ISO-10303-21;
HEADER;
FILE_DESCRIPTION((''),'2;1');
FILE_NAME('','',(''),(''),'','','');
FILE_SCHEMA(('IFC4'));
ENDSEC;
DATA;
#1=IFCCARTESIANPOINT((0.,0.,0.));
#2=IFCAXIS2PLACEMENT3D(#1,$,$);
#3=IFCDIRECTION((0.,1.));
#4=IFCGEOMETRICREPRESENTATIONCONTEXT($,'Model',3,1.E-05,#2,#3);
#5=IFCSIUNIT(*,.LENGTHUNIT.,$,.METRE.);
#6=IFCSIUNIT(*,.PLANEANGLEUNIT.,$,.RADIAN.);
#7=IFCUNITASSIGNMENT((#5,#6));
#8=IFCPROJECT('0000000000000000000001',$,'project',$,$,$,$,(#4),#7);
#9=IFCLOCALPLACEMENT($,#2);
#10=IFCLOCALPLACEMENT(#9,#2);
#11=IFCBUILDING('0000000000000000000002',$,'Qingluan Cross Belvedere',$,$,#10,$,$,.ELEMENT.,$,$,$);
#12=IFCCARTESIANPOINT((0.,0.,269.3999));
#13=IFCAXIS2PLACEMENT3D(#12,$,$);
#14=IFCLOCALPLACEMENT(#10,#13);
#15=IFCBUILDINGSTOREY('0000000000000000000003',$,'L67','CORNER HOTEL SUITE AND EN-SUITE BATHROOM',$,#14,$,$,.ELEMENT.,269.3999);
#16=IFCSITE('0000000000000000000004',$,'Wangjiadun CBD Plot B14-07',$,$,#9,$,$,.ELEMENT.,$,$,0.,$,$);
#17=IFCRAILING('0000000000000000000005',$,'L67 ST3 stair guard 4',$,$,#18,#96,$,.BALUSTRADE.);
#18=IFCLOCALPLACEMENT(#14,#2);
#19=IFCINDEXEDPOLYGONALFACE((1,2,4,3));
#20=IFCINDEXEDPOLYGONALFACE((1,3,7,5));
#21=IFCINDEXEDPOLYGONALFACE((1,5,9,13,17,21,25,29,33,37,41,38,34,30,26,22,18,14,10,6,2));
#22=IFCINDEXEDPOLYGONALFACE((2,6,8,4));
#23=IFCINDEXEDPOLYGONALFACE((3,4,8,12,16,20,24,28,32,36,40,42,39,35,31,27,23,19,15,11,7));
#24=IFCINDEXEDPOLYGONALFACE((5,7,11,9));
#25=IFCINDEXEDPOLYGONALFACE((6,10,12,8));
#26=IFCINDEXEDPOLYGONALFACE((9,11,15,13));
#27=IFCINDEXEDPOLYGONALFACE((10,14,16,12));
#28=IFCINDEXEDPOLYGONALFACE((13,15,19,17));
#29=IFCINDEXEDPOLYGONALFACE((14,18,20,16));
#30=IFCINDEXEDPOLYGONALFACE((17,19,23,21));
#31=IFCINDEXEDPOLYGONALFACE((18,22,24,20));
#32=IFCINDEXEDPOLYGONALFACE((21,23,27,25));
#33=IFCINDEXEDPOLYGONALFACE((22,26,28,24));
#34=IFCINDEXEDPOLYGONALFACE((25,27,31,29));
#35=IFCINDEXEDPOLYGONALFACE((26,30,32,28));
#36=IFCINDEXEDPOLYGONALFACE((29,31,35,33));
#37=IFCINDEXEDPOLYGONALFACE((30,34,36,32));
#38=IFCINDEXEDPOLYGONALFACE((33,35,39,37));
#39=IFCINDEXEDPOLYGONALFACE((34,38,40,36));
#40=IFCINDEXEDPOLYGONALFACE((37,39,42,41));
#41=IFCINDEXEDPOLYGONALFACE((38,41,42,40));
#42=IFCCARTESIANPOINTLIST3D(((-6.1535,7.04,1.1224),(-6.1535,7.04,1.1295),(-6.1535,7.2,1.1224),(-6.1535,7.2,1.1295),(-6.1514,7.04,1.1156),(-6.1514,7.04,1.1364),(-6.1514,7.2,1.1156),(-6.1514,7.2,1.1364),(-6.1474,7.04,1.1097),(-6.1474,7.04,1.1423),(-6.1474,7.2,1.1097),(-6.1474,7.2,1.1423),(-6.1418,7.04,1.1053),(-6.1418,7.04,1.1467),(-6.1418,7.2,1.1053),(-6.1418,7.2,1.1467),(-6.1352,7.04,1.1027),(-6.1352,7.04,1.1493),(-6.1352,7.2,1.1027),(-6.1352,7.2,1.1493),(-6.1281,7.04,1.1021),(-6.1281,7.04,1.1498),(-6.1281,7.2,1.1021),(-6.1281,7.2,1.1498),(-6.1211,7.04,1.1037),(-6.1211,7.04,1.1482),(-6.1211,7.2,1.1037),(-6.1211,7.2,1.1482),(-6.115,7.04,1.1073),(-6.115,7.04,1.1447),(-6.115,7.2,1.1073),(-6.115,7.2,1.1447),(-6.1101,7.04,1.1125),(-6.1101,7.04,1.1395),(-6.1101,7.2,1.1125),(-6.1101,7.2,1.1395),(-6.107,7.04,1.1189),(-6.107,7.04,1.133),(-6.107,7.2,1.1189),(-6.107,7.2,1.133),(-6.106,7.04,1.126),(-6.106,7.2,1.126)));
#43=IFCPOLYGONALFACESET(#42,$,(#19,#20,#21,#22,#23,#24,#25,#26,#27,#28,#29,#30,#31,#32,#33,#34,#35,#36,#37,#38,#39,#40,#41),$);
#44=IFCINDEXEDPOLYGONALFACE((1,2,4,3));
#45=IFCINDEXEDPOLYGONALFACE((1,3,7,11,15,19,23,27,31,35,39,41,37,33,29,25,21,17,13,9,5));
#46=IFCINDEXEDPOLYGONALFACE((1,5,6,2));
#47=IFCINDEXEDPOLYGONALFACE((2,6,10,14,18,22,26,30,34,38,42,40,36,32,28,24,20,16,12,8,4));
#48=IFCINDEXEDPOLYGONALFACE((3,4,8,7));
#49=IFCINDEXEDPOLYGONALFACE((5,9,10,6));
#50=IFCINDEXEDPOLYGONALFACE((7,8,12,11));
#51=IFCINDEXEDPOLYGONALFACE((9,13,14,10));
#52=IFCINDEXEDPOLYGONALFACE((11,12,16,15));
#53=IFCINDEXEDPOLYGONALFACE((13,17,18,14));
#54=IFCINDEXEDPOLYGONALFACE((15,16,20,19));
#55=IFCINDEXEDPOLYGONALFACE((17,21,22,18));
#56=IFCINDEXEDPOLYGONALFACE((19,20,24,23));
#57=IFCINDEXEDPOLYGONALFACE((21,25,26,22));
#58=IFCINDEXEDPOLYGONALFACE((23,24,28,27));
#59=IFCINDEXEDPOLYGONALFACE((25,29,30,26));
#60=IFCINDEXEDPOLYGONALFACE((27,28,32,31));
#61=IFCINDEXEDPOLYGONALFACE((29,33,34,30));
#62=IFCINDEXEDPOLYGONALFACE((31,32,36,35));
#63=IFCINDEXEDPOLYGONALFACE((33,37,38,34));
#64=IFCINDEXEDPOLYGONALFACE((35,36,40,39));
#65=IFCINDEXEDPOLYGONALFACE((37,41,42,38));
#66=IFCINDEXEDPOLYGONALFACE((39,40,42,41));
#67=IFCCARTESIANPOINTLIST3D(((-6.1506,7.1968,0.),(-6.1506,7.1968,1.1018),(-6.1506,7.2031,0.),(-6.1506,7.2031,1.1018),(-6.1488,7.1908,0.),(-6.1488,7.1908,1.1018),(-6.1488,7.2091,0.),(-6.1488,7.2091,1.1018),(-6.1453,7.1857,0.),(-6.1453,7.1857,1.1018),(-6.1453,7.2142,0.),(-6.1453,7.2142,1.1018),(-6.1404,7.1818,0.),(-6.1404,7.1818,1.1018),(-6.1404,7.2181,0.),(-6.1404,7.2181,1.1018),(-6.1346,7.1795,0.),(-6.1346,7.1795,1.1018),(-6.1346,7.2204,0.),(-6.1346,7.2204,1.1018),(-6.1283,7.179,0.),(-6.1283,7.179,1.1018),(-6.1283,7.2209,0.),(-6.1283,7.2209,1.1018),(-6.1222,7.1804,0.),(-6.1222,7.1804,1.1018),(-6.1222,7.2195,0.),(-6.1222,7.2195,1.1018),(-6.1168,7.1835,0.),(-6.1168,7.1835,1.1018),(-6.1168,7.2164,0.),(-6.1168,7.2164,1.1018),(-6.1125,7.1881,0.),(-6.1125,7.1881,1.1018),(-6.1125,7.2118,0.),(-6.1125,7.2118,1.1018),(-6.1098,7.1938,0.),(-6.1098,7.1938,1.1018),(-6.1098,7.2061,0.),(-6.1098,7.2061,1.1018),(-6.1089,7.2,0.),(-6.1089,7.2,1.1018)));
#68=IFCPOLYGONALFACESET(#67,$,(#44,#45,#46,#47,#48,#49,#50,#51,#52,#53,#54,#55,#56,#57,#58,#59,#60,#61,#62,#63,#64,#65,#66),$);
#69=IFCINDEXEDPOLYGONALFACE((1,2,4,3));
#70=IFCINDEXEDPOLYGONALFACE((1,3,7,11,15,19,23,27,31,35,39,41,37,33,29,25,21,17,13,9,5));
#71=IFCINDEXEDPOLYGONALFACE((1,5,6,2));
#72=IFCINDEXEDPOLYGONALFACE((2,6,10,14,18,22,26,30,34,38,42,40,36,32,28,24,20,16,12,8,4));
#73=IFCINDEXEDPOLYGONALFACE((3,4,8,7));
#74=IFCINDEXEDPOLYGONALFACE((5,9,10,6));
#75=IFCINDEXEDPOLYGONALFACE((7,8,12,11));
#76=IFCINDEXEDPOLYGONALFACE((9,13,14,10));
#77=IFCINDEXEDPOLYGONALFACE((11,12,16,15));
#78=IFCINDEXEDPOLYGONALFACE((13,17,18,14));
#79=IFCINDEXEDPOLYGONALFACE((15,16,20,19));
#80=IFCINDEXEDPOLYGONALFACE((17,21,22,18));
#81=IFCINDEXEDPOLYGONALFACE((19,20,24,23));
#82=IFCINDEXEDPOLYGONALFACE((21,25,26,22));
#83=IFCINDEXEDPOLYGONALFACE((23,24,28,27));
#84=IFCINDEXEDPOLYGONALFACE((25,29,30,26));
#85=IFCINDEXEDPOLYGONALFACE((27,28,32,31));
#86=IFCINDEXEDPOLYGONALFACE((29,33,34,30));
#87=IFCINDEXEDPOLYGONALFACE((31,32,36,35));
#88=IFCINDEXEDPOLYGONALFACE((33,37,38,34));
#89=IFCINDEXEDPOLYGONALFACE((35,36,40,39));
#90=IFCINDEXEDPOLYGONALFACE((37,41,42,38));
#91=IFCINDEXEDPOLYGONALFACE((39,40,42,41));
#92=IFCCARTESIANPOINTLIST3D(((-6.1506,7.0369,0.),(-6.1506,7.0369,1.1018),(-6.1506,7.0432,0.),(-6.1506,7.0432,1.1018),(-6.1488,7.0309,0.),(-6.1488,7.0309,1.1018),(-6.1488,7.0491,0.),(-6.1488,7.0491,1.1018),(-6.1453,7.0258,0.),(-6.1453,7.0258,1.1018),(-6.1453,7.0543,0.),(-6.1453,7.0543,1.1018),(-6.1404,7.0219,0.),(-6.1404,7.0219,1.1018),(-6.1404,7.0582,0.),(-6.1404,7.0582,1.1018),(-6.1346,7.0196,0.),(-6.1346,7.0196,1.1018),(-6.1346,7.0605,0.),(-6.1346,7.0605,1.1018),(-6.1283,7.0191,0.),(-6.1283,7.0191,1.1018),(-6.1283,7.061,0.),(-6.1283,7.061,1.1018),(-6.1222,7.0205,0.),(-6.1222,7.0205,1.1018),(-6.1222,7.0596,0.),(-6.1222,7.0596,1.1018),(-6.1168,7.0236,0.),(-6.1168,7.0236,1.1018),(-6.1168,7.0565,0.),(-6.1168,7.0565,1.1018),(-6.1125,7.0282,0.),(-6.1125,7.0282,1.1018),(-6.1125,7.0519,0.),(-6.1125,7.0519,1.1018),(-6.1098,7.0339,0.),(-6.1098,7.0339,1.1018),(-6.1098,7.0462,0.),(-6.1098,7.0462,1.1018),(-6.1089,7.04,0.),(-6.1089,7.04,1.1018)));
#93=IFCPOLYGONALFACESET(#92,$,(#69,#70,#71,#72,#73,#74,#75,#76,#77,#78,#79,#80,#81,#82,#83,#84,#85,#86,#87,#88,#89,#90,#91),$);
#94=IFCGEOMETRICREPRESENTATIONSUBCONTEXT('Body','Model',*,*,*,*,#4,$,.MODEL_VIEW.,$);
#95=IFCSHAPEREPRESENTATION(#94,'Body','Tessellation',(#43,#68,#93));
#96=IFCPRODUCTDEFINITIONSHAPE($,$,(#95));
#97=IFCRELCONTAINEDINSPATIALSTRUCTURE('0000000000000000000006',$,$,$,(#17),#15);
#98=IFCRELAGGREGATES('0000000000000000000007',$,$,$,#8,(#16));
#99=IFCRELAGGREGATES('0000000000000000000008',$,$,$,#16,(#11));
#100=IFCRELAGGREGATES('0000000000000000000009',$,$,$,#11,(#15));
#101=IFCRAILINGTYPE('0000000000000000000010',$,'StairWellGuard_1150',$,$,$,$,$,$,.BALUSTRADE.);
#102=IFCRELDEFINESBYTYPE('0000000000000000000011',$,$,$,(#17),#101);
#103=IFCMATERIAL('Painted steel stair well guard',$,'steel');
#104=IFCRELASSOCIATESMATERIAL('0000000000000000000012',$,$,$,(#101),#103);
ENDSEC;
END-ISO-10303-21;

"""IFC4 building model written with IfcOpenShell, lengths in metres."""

from ifc_helpers import new_model, si_unit, direction, frame, origin, origin_2d, place, context, subcontext, project, spatial, circle, extrude, material, type_object, element, save


model = new_model("IFC4")

# Units and contexts
model_context = context("Model", 3, precision=1e-05, world=origin(), true_north=direction((0.0, 1.0)))
body_context = subcontext(model_context, "Body", "Model", "MODEL_VIEW")
ifc_project = project(units=[si_unit("LENGTHUNIT", "METRE"), si_unit("PLANEANGLEUNIT", "RADIAN")], contexts=[model_context])

# Site, building, storey
site_placement = place(None, origin())
site = spatial("IfcSite", under=ifc_project, at=site_placement, Name="Wangjiadun CBD Plot B14-07", CompositionType="ELEMENT", RefElevation=0.0)
building_placement = place(site_placement, origin())
building = spatial("IfcBuilding", under=site, at=building_placement, Name="Qingluan Cross Belvedere", CompositionType="ELEMENT")
storey_placement = place(building_placement, frame((0.0, 0.0, 269.3999)))
storey = spatial("IfcBuildingStorey", under=building, at=storey_placement, Name="L67", Description="CORNER HOTEL SUITE AND EN-SUITE BATHROOM", CompositionType="ELEMENT", Elevation=269.3999)

# Railing
ifc_material_1 = material(Name="Painted steel stair well guard", Category="steel")
railing_type_1 = type_object("IfcRailingType", Name="StairWellGuard_1150", PredefinedType="BALUSTRADE", material=ifc_material_1)
railing_1_placement = place(storey_placement, frame((-6.1299, 7.2, 0.0)))
element("IfcRailing", 1, at=railing_1_placement, inside=storey, type_object=railing_type_1, Name="L67 ST3 stair guard 4", PredefinedType="BALUSTRADE", context=body_context, shape_type="SweptSolid", body=[
    extrude(circle(Radius=0.0239, at=origin_2d()), frame((0.0, 0.0, 1.126), z_axis=(0.0, -1.0, 0.0), x_axis=(1.0, 0.0, 0.0)), (0.0, 0.0, 1.0), 0.1599),
    extrude(circle(Radius=0.021, at=origin_2d()), origin(), (0.0, 0.0, 1.0), 1.1018),
    extrude(circle(Radius=0.021, at=origin_2d()), frame((0.0, -0.1599, 0.0)), (0.0, 0.0, 1.0), 1.1018),
])

save(model, "model.ifc")
